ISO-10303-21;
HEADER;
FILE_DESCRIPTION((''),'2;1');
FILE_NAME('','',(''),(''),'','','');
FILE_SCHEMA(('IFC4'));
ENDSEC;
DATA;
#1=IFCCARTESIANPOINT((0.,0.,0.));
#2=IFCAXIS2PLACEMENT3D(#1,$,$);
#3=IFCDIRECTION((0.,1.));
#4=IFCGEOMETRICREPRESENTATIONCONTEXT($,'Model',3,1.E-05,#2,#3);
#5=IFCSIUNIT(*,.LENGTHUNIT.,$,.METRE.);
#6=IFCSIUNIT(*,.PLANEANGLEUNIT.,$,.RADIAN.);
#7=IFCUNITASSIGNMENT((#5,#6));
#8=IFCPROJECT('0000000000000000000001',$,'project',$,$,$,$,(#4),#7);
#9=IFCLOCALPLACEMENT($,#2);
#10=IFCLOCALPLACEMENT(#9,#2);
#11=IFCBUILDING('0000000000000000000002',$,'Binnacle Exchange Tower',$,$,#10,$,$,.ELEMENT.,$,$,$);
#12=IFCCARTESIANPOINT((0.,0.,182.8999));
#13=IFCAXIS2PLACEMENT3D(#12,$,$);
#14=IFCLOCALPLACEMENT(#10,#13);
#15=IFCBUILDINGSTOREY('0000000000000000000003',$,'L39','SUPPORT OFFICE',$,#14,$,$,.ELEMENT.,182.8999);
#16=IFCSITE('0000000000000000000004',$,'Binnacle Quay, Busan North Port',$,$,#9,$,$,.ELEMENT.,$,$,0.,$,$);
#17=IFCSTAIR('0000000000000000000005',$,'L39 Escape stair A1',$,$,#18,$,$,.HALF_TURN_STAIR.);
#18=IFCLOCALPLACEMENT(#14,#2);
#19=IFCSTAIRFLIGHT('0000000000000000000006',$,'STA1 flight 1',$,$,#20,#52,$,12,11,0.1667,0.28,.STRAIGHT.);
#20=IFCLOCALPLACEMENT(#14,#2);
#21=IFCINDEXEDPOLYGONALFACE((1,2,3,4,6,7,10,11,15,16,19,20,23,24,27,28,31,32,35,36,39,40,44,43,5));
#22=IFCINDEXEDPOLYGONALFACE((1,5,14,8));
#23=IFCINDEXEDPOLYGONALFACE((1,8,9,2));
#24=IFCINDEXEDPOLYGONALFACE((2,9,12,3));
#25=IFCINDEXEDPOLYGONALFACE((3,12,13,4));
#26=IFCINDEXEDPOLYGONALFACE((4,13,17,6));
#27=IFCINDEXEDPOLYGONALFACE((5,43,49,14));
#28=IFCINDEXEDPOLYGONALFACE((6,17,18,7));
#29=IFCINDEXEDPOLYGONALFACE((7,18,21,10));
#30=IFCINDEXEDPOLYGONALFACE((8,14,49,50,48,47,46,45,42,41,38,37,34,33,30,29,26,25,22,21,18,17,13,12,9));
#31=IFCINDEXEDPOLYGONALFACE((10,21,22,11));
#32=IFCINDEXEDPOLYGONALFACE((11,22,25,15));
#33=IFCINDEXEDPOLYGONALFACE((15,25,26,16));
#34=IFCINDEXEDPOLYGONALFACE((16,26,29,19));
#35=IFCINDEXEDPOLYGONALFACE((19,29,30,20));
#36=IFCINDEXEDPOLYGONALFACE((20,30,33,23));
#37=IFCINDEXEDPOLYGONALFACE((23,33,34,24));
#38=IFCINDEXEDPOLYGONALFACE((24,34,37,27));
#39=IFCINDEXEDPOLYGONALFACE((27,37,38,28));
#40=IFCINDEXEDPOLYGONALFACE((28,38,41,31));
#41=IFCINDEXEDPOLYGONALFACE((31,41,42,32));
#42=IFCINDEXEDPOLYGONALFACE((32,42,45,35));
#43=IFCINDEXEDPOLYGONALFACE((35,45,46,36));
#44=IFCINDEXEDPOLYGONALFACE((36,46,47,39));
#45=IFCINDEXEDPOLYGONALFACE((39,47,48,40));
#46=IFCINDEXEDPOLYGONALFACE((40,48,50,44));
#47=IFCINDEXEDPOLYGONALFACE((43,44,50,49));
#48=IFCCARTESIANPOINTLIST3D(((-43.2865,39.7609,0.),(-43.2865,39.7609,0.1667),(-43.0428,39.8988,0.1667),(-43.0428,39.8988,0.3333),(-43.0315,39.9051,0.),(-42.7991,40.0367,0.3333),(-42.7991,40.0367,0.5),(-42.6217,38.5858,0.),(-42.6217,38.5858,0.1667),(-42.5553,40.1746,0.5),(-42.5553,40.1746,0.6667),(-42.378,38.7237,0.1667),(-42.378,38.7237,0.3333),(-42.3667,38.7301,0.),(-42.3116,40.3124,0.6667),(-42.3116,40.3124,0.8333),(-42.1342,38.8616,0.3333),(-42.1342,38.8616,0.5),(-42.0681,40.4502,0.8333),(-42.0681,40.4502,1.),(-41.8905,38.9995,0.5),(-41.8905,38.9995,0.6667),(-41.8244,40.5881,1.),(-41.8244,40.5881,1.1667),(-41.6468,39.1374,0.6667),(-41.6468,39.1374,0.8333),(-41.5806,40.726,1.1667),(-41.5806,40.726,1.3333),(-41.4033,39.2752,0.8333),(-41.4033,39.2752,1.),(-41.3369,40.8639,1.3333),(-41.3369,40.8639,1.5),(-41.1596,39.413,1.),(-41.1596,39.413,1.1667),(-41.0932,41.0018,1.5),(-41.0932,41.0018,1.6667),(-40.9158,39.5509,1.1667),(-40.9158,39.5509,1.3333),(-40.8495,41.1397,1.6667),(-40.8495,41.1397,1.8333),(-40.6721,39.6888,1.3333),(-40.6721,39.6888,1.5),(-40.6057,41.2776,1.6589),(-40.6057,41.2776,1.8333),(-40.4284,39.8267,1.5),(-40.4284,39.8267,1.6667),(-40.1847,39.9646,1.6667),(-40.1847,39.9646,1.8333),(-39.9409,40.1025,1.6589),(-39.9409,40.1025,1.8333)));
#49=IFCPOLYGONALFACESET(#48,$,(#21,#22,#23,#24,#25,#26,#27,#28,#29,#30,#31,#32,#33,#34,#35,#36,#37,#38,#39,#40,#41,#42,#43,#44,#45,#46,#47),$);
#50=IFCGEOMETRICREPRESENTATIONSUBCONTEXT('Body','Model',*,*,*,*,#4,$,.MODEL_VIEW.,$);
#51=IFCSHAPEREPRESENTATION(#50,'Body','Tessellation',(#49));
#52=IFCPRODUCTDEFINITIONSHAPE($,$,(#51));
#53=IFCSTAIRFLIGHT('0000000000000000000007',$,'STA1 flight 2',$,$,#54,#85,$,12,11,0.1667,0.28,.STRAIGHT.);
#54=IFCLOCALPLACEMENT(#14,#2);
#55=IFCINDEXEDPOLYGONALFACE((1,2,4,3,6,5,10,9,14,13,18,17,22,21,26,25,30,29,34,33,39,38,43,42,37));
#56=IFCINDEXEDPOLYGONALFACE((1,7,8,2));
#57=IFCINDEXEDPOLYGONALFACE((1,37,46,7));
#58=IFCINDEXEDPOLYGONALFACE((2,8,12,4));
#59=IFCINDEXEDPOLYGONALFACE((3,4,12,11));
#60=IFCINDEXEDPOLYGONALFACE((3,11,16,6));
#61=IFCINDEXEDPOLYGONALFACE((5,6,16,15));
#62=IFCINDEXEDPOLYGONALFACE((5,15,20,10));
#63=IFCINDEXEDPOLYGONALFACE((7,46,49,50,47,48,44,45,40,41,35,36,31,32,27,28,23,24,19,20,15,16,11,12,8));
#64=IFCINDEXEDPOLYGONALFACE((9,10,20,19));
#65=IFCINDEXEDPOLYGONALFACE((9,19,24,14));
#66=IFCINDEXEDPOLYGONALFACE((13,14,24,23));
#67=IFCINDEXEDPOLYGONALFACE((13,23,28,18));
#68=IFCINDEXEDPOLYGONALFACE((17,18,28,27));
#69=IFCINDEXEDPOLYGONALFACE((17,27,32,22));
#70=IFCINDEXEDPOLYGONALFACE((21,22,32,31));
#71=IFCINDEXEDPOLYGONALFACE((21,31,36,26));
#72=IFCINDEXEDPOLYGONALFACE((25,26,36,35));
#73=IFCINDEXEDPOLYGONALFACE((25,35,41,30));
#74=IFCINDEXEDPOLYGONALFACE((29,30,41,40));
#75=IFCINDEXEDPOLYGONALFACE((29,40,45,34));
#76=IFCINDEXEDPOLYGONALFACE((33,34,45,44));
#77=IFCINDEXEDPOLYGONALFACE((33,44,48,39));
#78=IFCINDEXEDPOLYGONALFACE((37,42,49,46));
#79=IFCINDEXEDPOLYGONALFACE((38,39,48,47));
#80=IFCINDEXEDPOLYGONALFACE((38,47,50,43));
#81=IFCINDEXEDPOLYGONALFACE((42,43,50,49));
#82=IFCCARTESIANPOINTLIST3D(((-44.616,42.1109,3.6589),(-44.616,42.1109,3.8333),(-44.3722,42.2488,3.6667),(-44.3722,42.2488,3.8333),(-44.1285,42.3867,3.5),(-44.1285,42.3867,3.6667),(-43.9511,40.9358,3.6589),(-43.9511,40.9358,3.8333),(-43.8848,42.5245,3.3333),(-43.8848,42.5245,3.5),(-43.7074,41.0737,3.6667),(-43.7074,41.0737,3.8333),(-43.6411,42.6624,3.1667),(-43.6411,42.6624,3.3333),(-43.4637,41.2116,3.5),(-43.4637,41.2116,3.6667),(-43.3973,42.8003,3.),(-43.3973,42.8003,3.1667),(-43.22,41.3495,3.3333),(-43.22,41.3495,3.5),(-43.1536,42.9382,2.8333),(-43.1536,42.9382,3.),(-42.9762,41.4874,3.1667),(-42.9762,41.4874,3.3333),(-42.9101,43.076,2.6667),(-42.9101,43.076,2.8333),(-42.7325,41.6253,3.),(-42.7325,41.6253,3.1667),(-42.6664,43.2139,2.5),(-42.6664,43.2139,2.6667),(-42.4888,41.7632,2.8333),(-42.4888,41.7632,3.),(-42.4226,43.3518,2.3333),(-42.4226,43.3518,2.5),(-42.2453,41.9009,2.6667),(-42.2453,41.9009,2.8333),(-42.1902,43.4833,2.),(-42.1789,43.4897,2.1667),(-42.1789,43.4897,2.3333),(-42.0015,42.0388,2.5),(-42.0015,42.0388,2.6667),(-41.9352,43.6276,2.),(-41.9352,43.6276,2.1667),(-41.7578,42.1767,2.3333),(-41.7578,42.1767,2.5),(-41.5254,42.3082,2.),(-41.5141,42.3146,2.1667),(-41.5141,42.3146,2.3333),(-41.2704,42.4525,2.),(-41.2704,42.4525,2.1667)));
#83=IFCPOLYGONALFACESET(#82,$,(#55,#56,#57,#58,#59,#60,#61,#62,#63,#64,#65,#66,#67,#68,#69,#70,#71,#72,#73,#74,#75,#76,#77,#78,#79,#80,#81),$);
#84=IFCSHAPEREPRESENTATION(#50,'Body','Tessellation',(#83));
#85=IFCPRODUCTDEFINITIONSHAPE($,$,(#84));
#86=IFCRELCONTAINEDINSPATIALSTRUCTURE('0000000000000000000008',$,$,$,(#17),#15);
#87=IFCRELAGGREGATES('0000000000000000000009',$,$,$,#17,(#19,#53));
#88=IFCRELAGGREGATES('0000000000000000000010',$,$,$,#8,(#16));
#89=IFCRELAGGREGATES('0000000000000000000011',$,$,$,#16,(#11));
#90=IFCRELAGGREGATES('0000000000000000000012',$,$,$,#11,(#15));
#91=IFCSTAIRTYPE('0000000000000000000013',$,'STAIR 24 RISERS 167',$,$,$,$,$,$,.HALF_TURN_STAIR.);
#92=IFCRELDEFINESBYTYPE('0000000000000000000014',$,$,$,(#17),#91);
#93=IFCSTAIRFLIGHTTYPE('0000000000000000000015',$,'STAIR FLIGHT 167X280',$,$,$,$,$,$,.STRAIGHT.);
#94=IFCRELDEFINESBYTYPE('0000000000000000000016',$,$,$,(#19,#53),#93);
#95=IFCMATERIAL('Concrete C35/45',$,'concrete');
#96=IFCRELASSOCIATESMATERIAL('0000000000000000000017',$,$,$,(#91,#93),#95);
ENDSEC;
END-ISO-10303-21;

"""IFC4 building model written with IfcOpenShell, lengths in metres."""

from ifc_helpers import new_model, si_unit, direction, frame, origin, place, context, subcontext, project, spatial, polyline, outline, extrude, material, type_object, element, aggregate, save


model = new_model("IFC4")

# Units and contexts
model_context = context("Model", 3, precision=1e-05, world=origin(), true_north=direction((0.0, 1.0)))
body_context = subcontext(model_context, "Body", "Model", "MODEL_VIEW")
ifc_project = project(units=[si_unit("LENGTHUNIT", "METRE"), si_unit("PLANEANGLEUNIT", "RADIAN")], contexts=[model_context])

# Site, building, storey
site_placement = place(None, origin())
site = spatial("IfcSite", under=ifc_project, at=site_placement, Name="Binnacle Quay, Busan North Port", CompositionType="ELEMENT", RefElevation=0.0)
building_placement = place(site_placement, origin())
building = spatial("IfcBuilding", under=site, at=building_placement, Name="Binnacle Exchange Tower", CompositionType="ELEMENT")
storey_placement = place(building_placement, frame((0.0, 0.0, 182.8999)))
storey = spatial("IfcBuildingStorey", under=building, at=storey_placement, Name="L39", Description="SUPPORT OFFICE", CompositionType="ELEMENT", Elevation=182.8999)

# Stair, stair flights
ifc_material_1 = material(Name="Concrete C35/45", Category="concrete")
stair_type = type_object("IfcStairType", Name="STAIR 24 RISERS 167", PredefinedType="HALF_TURN_STAIR", material=ifc_material_1)
stair_placement = place(storey_placement, origin())
stair = element("IfcStair", 1, at=stair_placement, inside=storey, type_object=stair_type, Name="L39 Escape stair A1", PredefinedType="HALF_TURN_STAIR")
stair_flight_type = type_object("IfcStairFlightType", Name="STAIR FLIGHT 167X280", PredefinedType="STRAIGHT", material=ifc_material_1)
stair_flight_1_placement = place(storey_placement, frame((-42.9541, 39.1733, 0.0), z_axis=(0.0, 0.0, 1.0), x_axis=(0.870356, 0.492424, 0.0)))
stair_flight_1 = element("IfcStairFlight", 2, at=stair_flight_1_placement, type_object=stair_flight_type, Name="STA1 flight 1", NumberOfRisers=12, NumberOfTreads=11, PredefinedType="STRAIGHT", RiserHeight=0.1667, TreadLength=0.28, context=body_context, shape_type="SweptSolid", body=[
    extrude(outline(polyline([(0.0, 0.0), (0.0, 0.1667), (0.28, 0.1667), (0.28, 0.3333), (0.5601, 0.3333), (0.5601, 0.5), (0.8401, 0.5), (0.8401, 0.6667), (1.1201, 0.6667), (1.1201, 0.8333), (1.3999, 0.8333), (1.3999, 1.0), (1.6799, 1.0), (1.6799, 1.1667), (1.96, 1.1667), (1.96, 1.3333), (2.24, 1.3333), (2.24, 1.5), (2.52, 1.5), (2.52, 1.6667), (2.8, 1.6667), (2.8, 1.8333), (3.0801, 1.8333), (3.0801, 2.0), (3.0801, 1.6589), (0.293, 0.0), (0.0, 0.0)])), frame((0.0, 0.675, 0.0), z_axis=(0.0, -1.0, 0.0), x_axis=(1.0, 0.0, 0.0)), (0.0, 0.0, 1.0), 1.3501),
])
stair_flight_2_placement = place(storey_placement, frame((-41.6028, 43.04, 2.0), z_axis=(0.0, 0.0, 1.0), x_axis=(-0.870356, -0.492424, 0.0)))
stair_flight_2 = element("IfcStairFlight", 3, at=stair_flight_2_placement, type_object=stair_flight_type, Name="STA1 flight 2", NumberOfRisers=12, NumberOfTreads=11, PredefinedType="STRAIGHT", RiserHeight=0.1667, TreadLength=0.28, context=body_context, shape_type="SweptSolid", body=[
    extrude(outline(polyline([(0.0, 0.0), (0.0, 0.1667), (0.28, 0.1667), (0.28, 0.3333), (0.5601, 0.3333), (0.5601, 0.5), (0.8401, 0.5), (0.8401, 0.6667), (1.1201, 0.6667), (1.1201, 0.8333), (1.3999, 0.8333), (1.3999, 1.0), (1.6799, 1.0), (1.6799, 1.1667), (1.96, 1.1667), (1.96, 1.3333), (2.24, 1.3333), (2.24, 1.5), (2.52, 1.5), (2.52, 1.6667), (2.8, 1.6667), (2.8, 1.8333), (3.0801, 1.8333), (3.0801, 2.0), (3.0801, 1.6589), (0.293, 0.0), (0.0, 0.0)])), frame((0.0, 0.675, 0.0), z_axis=(0.0, -1.0, 0.0), x_axis=(1.0, 0.0, 0.0)), (0.0, 0.0, 1.0), 1.3501),
])
aggregate(stair, [stair_flight_1, stair_flight_2])

save(model, "model.ifc")
